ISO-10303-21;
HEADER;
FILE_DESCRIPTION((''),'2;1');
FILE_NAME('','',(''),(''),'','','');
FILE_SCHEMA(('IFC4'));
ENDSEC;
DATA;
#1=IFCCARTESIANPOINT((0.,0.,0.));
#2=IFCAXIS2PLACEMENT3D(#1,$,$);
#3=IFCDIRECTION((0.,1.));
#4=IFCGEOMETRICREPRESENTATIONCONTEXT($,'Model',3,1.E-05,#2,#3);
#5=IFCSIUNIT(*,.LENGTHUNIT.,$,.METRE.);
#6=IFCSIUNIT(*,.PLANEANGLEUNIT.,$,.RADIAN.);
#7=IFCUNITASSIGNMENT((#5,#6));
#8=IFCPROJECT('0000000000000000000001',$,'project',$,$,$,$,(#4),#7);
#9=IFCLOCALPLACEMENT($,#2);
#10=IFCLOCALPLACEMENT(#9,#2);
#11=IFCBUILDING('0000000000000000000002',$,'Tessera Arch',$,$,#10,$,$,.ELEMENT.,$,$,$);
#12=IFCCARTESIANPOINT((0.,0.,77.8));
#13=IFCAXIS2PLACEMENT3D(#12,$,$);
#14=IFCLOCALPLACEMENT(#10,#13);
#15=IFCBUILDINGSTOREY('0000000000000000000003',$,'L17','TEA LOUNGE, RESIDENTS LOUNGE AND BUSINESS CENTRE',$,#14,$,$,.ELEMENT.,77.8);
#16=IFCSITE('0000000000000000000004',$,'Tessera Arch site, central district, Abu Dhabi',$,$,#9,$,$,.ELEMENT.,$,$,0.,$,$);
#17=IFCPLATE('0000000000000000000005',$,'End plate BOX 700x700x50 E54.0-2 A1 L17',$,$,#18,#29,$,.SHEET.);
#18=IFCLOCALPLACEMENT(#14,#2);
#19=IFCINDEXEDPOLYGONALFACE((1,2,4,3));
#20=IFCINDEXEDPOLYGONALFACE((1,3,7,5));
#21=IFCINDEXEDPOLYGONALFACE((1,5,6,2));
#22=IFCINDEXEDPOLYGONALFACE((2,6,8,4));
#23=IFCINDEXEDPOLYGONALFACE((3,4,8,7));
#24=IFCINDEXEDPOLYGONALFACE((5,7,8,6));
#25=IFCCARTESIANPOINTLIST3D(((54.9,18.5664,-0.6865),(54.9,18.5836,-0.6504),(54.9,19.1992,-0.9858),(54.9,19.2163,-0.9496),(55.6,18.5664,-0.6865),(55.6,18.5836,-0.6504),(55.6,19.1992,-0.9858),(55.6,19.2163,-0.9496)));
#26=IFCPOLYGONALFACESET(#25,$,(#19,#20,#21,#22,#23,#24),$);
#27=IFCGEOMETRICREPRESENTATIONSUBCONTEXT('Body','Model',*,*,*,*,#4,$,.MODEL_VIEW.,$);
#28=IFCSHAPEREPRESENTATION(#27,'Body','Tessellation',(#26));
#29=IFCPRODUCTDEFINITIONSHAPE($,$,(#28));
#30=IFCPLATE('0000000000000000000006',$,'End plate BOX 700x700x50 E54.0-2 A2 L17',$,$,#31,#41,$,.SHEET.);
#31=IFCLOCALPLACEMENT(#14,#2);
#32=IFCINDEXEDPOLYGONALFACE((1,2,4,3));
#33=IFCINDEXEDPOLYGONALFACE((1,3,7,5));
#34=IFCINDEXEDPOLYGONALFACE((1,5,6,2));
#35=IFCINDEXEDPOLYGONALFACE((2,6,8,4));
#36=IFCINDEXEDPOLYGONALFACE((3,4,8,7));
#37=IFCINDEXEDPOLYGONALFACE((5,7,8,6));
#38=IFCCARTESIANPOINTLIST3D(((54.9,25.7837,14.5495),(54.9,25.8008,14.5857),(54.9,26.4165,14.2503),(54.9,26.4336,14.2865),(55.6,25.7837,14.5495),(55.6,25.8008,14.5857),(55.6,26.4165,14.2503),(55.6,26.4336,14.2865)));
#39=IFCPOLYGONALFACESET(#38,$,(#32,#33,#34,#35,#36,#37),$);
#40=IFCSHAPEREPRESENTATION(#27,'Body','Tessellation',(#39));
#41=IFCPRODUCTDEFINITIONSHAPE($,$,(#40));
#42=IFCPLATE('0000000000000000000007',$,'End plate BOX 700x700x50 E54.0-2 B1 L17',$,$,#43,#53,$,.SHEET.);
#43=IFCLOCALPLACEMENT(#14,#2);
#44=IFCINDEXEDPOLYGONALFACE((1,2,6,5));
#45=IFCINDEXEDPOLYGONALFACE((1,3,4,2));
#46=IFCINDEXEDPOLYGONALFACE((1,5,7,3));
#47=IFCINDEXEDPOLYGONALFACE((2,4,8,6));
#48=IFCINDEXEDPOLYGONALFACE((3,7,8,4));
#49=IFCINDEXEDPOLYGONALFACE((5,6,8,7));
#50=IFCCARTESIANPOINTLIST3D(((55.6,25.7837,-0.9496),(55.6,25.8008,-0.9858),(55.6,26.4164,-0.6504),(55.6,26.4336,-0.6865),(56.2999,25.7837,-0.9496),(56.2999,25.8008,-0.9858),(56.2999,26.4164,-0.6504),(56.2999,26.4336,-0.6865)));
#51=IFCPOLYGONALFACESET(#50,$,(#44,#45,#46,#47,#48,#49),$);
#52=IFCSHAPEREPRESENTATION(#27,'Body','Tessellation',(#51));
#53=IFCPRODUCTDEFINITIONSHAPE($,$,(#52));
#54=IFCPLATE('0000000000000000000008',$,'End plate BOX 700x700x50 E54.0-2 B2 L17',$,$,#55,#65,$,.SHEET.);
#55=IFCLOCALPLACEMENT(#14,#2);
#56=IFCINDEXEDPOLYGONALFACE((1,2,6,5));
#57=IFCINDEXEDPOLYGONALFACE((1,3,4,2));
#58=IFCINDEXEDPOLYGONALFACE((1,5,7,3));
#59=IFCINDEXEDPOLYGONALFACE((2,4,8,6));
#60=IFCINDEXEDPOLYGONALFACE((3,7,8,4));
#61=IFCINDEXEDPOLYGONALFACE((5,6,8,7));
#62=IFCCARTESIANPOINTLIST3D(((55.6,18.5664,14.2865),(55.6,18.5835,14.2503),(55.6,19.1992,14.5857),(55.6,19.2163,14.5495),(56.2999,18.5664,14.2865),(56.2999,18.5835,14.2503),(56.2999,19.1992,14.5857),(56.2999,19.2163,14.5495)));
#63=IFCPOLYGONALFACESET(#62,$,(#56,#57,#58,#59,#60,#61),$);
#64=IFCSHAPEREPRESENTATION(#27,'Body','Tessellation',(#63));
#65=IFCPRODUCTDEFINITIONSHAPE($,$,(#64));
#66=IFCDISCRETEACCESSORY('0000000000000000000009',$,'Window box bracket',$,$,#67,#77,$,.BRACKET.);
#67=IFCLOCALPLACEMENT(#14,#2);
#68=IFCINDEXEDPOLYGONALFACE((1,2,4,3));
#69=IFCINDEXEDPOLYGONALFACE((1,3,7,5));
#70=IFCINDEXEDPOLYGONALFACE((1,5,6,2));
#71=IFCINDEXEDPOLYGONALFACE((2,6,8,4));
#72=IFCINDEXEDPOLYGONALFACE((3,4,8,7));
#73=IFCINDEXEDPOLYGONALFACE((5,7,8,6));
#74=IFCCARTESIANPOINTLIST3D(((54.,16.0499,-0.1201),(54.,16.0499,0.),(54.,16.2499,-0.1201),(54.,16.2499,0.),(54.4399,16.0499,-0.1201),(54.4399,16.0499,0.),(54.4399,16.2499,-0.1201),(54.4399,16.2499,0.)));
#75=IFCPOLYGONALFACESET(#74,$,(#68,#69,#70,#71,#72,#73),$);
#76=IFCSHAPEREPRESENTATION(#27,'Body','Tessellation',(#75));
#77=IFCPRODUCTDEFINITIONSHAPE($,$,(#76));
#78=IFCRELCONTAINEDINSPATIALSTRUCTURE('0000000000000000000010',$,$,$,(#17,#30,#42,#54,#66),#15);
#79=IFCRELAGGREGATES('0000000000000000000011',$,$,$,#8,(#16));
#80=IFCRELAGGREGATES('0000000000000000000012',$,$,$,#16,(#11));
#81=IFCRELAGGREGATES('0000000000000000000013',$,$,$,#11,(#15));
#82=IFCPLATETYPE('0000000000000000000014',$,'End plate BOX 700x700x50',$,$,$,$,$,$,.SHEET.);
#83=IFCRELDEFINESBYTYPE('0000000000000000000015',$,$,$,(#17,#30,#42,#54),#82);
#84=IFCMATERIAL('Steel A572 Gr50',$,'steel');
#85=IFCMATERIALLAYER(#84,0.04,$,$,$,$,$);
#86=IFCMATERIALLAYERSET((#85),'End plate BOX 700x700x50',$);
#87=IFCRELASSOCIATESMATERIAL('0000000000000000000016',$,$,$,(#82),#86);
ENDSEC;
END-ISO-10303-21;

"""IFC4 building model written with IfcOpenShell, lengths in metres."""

from ifc_helpers import new_model, si_unit, direction, frame, origin, origin_2d, place, context, subcontext, project, spatial, rectangle, extrude, material, layer, layer_set, type_object, element, save


model = new_model("IFC4")

# Units and contexts
model_context = context("Model", 3, precision=1e-05, world=origin(), true_north=direction((0.0, 1.0)))
body_context = subcontext(model_context, "Body", "Model", "MODEL_VIEW")
ifc_project = project(units=[si_unit("LENGTHUNIT", "METRE"), si_unit("PLANEANGLEUNIT", "RADIAN")], contexts=[model_context])

# Site, building, storey
site_placement = place(None, origin())
site = spatial("IfcSite", under=ifc_project, at=site_placement, Name="Tessera Arch site, central district, Abu Dhabi", CompositionType="ELEMENT", RefElevation=0.0)
building_placement = place(site_placement, origin())
building = spatial("IfcBuilding", under=site, at=building_placement, Name="Tessera Arch", CompositionType="ELEMENT")
storey_placement = place(building_placement, frame((0.0, 0.0, 77.8)))
storey = spatial("IfcBuildingStorey", under=building, at=storey_placement, Name="L17", Description="TEA LOUNGE, RESIDENTS LOUNGE AND BUSINESS CENTRE", CompositionType="ELEMENT", Elevation=77.8)

# Plates
ifc_material_1 = material(Name="Steel A572 Gr50", Category="steel")
ifc_layer_1 = layer(ifc_material_1, 0.04)
ifc_layer_set_1 = layer_set([ifc_layer_1], Name="End plate BOX 700x700x50")
plate_type_1 = type_object("IfcPlateType", Name="End plate BOX 700x700x50", PredefinedType="SHEET", material=ifc_layer_set_1)
for number, where, z_axis, x_axis, name in (
    (1, (55.25, 18.8828, -0.8362), (0.0, 0.427561, 0.903986), (-1.0, 0.0, 0.0), "End plate BOX 700x700x50 E54.0-2 A1 L17"),
    (2, (55.25, 26.1001, 14.3999), (0.0, 0.427561, 0.903986), (-1.0, 0.0, 0.0), "End plate BOX 700x700x50 E54.0-2 A2 L17"),
    (3, (55.95, 26.1172, -0.8362), (0.0, -0.427561, 0.903986), (1.0, 0.0, 0.0), "End plate BOX 700x700x50 E54.0-2 B1 L17"),
    (4, (55.95, 18.8999, 14.3999), (0.0, -0.427561, 0.903986), (1.0, 0.0, 0.0), "End plate BOX 700x700x50 E54.0-2 B2 L17"),
):
    element("IfcPlate", number, at=place(storey_placement, frame(where, z_axis=z_axis, x_axis=x_axis)), inside=storey, type_object=plate_type_1, Name=name, PredefinedType="SHEET", context=body_context, shape_type="SweptSolid", body=[
        extrude(rectangle(XDim=0.7, YDim=0.7, at=origin_2d()), origin(), (0.0, 0.0, 1.0), 0.04),
    ])

# Discrete accessory
discrete_accessory_placement = place(storey_placement, frame((54.22, 16.1499, -0.1201), z_axis=(0.0, 0.0, 1.0), x_axis=(1.0, 0.0, 0.0)))
element("IfcDiscreteAccessory", 5, at=discrete_accessory_placement, inside=storey, Name="Window box bracket", PredefinedType="BRACKET", context=body_context, shape_type="SweptSolid", body=[
    extrude(rectangle(XDim=0.4399, YDim=0.2, at=origin_2d()), origin(), (0.0, 0.0, 1.0), 0.1201),
])

save(model, "model.ifc")
